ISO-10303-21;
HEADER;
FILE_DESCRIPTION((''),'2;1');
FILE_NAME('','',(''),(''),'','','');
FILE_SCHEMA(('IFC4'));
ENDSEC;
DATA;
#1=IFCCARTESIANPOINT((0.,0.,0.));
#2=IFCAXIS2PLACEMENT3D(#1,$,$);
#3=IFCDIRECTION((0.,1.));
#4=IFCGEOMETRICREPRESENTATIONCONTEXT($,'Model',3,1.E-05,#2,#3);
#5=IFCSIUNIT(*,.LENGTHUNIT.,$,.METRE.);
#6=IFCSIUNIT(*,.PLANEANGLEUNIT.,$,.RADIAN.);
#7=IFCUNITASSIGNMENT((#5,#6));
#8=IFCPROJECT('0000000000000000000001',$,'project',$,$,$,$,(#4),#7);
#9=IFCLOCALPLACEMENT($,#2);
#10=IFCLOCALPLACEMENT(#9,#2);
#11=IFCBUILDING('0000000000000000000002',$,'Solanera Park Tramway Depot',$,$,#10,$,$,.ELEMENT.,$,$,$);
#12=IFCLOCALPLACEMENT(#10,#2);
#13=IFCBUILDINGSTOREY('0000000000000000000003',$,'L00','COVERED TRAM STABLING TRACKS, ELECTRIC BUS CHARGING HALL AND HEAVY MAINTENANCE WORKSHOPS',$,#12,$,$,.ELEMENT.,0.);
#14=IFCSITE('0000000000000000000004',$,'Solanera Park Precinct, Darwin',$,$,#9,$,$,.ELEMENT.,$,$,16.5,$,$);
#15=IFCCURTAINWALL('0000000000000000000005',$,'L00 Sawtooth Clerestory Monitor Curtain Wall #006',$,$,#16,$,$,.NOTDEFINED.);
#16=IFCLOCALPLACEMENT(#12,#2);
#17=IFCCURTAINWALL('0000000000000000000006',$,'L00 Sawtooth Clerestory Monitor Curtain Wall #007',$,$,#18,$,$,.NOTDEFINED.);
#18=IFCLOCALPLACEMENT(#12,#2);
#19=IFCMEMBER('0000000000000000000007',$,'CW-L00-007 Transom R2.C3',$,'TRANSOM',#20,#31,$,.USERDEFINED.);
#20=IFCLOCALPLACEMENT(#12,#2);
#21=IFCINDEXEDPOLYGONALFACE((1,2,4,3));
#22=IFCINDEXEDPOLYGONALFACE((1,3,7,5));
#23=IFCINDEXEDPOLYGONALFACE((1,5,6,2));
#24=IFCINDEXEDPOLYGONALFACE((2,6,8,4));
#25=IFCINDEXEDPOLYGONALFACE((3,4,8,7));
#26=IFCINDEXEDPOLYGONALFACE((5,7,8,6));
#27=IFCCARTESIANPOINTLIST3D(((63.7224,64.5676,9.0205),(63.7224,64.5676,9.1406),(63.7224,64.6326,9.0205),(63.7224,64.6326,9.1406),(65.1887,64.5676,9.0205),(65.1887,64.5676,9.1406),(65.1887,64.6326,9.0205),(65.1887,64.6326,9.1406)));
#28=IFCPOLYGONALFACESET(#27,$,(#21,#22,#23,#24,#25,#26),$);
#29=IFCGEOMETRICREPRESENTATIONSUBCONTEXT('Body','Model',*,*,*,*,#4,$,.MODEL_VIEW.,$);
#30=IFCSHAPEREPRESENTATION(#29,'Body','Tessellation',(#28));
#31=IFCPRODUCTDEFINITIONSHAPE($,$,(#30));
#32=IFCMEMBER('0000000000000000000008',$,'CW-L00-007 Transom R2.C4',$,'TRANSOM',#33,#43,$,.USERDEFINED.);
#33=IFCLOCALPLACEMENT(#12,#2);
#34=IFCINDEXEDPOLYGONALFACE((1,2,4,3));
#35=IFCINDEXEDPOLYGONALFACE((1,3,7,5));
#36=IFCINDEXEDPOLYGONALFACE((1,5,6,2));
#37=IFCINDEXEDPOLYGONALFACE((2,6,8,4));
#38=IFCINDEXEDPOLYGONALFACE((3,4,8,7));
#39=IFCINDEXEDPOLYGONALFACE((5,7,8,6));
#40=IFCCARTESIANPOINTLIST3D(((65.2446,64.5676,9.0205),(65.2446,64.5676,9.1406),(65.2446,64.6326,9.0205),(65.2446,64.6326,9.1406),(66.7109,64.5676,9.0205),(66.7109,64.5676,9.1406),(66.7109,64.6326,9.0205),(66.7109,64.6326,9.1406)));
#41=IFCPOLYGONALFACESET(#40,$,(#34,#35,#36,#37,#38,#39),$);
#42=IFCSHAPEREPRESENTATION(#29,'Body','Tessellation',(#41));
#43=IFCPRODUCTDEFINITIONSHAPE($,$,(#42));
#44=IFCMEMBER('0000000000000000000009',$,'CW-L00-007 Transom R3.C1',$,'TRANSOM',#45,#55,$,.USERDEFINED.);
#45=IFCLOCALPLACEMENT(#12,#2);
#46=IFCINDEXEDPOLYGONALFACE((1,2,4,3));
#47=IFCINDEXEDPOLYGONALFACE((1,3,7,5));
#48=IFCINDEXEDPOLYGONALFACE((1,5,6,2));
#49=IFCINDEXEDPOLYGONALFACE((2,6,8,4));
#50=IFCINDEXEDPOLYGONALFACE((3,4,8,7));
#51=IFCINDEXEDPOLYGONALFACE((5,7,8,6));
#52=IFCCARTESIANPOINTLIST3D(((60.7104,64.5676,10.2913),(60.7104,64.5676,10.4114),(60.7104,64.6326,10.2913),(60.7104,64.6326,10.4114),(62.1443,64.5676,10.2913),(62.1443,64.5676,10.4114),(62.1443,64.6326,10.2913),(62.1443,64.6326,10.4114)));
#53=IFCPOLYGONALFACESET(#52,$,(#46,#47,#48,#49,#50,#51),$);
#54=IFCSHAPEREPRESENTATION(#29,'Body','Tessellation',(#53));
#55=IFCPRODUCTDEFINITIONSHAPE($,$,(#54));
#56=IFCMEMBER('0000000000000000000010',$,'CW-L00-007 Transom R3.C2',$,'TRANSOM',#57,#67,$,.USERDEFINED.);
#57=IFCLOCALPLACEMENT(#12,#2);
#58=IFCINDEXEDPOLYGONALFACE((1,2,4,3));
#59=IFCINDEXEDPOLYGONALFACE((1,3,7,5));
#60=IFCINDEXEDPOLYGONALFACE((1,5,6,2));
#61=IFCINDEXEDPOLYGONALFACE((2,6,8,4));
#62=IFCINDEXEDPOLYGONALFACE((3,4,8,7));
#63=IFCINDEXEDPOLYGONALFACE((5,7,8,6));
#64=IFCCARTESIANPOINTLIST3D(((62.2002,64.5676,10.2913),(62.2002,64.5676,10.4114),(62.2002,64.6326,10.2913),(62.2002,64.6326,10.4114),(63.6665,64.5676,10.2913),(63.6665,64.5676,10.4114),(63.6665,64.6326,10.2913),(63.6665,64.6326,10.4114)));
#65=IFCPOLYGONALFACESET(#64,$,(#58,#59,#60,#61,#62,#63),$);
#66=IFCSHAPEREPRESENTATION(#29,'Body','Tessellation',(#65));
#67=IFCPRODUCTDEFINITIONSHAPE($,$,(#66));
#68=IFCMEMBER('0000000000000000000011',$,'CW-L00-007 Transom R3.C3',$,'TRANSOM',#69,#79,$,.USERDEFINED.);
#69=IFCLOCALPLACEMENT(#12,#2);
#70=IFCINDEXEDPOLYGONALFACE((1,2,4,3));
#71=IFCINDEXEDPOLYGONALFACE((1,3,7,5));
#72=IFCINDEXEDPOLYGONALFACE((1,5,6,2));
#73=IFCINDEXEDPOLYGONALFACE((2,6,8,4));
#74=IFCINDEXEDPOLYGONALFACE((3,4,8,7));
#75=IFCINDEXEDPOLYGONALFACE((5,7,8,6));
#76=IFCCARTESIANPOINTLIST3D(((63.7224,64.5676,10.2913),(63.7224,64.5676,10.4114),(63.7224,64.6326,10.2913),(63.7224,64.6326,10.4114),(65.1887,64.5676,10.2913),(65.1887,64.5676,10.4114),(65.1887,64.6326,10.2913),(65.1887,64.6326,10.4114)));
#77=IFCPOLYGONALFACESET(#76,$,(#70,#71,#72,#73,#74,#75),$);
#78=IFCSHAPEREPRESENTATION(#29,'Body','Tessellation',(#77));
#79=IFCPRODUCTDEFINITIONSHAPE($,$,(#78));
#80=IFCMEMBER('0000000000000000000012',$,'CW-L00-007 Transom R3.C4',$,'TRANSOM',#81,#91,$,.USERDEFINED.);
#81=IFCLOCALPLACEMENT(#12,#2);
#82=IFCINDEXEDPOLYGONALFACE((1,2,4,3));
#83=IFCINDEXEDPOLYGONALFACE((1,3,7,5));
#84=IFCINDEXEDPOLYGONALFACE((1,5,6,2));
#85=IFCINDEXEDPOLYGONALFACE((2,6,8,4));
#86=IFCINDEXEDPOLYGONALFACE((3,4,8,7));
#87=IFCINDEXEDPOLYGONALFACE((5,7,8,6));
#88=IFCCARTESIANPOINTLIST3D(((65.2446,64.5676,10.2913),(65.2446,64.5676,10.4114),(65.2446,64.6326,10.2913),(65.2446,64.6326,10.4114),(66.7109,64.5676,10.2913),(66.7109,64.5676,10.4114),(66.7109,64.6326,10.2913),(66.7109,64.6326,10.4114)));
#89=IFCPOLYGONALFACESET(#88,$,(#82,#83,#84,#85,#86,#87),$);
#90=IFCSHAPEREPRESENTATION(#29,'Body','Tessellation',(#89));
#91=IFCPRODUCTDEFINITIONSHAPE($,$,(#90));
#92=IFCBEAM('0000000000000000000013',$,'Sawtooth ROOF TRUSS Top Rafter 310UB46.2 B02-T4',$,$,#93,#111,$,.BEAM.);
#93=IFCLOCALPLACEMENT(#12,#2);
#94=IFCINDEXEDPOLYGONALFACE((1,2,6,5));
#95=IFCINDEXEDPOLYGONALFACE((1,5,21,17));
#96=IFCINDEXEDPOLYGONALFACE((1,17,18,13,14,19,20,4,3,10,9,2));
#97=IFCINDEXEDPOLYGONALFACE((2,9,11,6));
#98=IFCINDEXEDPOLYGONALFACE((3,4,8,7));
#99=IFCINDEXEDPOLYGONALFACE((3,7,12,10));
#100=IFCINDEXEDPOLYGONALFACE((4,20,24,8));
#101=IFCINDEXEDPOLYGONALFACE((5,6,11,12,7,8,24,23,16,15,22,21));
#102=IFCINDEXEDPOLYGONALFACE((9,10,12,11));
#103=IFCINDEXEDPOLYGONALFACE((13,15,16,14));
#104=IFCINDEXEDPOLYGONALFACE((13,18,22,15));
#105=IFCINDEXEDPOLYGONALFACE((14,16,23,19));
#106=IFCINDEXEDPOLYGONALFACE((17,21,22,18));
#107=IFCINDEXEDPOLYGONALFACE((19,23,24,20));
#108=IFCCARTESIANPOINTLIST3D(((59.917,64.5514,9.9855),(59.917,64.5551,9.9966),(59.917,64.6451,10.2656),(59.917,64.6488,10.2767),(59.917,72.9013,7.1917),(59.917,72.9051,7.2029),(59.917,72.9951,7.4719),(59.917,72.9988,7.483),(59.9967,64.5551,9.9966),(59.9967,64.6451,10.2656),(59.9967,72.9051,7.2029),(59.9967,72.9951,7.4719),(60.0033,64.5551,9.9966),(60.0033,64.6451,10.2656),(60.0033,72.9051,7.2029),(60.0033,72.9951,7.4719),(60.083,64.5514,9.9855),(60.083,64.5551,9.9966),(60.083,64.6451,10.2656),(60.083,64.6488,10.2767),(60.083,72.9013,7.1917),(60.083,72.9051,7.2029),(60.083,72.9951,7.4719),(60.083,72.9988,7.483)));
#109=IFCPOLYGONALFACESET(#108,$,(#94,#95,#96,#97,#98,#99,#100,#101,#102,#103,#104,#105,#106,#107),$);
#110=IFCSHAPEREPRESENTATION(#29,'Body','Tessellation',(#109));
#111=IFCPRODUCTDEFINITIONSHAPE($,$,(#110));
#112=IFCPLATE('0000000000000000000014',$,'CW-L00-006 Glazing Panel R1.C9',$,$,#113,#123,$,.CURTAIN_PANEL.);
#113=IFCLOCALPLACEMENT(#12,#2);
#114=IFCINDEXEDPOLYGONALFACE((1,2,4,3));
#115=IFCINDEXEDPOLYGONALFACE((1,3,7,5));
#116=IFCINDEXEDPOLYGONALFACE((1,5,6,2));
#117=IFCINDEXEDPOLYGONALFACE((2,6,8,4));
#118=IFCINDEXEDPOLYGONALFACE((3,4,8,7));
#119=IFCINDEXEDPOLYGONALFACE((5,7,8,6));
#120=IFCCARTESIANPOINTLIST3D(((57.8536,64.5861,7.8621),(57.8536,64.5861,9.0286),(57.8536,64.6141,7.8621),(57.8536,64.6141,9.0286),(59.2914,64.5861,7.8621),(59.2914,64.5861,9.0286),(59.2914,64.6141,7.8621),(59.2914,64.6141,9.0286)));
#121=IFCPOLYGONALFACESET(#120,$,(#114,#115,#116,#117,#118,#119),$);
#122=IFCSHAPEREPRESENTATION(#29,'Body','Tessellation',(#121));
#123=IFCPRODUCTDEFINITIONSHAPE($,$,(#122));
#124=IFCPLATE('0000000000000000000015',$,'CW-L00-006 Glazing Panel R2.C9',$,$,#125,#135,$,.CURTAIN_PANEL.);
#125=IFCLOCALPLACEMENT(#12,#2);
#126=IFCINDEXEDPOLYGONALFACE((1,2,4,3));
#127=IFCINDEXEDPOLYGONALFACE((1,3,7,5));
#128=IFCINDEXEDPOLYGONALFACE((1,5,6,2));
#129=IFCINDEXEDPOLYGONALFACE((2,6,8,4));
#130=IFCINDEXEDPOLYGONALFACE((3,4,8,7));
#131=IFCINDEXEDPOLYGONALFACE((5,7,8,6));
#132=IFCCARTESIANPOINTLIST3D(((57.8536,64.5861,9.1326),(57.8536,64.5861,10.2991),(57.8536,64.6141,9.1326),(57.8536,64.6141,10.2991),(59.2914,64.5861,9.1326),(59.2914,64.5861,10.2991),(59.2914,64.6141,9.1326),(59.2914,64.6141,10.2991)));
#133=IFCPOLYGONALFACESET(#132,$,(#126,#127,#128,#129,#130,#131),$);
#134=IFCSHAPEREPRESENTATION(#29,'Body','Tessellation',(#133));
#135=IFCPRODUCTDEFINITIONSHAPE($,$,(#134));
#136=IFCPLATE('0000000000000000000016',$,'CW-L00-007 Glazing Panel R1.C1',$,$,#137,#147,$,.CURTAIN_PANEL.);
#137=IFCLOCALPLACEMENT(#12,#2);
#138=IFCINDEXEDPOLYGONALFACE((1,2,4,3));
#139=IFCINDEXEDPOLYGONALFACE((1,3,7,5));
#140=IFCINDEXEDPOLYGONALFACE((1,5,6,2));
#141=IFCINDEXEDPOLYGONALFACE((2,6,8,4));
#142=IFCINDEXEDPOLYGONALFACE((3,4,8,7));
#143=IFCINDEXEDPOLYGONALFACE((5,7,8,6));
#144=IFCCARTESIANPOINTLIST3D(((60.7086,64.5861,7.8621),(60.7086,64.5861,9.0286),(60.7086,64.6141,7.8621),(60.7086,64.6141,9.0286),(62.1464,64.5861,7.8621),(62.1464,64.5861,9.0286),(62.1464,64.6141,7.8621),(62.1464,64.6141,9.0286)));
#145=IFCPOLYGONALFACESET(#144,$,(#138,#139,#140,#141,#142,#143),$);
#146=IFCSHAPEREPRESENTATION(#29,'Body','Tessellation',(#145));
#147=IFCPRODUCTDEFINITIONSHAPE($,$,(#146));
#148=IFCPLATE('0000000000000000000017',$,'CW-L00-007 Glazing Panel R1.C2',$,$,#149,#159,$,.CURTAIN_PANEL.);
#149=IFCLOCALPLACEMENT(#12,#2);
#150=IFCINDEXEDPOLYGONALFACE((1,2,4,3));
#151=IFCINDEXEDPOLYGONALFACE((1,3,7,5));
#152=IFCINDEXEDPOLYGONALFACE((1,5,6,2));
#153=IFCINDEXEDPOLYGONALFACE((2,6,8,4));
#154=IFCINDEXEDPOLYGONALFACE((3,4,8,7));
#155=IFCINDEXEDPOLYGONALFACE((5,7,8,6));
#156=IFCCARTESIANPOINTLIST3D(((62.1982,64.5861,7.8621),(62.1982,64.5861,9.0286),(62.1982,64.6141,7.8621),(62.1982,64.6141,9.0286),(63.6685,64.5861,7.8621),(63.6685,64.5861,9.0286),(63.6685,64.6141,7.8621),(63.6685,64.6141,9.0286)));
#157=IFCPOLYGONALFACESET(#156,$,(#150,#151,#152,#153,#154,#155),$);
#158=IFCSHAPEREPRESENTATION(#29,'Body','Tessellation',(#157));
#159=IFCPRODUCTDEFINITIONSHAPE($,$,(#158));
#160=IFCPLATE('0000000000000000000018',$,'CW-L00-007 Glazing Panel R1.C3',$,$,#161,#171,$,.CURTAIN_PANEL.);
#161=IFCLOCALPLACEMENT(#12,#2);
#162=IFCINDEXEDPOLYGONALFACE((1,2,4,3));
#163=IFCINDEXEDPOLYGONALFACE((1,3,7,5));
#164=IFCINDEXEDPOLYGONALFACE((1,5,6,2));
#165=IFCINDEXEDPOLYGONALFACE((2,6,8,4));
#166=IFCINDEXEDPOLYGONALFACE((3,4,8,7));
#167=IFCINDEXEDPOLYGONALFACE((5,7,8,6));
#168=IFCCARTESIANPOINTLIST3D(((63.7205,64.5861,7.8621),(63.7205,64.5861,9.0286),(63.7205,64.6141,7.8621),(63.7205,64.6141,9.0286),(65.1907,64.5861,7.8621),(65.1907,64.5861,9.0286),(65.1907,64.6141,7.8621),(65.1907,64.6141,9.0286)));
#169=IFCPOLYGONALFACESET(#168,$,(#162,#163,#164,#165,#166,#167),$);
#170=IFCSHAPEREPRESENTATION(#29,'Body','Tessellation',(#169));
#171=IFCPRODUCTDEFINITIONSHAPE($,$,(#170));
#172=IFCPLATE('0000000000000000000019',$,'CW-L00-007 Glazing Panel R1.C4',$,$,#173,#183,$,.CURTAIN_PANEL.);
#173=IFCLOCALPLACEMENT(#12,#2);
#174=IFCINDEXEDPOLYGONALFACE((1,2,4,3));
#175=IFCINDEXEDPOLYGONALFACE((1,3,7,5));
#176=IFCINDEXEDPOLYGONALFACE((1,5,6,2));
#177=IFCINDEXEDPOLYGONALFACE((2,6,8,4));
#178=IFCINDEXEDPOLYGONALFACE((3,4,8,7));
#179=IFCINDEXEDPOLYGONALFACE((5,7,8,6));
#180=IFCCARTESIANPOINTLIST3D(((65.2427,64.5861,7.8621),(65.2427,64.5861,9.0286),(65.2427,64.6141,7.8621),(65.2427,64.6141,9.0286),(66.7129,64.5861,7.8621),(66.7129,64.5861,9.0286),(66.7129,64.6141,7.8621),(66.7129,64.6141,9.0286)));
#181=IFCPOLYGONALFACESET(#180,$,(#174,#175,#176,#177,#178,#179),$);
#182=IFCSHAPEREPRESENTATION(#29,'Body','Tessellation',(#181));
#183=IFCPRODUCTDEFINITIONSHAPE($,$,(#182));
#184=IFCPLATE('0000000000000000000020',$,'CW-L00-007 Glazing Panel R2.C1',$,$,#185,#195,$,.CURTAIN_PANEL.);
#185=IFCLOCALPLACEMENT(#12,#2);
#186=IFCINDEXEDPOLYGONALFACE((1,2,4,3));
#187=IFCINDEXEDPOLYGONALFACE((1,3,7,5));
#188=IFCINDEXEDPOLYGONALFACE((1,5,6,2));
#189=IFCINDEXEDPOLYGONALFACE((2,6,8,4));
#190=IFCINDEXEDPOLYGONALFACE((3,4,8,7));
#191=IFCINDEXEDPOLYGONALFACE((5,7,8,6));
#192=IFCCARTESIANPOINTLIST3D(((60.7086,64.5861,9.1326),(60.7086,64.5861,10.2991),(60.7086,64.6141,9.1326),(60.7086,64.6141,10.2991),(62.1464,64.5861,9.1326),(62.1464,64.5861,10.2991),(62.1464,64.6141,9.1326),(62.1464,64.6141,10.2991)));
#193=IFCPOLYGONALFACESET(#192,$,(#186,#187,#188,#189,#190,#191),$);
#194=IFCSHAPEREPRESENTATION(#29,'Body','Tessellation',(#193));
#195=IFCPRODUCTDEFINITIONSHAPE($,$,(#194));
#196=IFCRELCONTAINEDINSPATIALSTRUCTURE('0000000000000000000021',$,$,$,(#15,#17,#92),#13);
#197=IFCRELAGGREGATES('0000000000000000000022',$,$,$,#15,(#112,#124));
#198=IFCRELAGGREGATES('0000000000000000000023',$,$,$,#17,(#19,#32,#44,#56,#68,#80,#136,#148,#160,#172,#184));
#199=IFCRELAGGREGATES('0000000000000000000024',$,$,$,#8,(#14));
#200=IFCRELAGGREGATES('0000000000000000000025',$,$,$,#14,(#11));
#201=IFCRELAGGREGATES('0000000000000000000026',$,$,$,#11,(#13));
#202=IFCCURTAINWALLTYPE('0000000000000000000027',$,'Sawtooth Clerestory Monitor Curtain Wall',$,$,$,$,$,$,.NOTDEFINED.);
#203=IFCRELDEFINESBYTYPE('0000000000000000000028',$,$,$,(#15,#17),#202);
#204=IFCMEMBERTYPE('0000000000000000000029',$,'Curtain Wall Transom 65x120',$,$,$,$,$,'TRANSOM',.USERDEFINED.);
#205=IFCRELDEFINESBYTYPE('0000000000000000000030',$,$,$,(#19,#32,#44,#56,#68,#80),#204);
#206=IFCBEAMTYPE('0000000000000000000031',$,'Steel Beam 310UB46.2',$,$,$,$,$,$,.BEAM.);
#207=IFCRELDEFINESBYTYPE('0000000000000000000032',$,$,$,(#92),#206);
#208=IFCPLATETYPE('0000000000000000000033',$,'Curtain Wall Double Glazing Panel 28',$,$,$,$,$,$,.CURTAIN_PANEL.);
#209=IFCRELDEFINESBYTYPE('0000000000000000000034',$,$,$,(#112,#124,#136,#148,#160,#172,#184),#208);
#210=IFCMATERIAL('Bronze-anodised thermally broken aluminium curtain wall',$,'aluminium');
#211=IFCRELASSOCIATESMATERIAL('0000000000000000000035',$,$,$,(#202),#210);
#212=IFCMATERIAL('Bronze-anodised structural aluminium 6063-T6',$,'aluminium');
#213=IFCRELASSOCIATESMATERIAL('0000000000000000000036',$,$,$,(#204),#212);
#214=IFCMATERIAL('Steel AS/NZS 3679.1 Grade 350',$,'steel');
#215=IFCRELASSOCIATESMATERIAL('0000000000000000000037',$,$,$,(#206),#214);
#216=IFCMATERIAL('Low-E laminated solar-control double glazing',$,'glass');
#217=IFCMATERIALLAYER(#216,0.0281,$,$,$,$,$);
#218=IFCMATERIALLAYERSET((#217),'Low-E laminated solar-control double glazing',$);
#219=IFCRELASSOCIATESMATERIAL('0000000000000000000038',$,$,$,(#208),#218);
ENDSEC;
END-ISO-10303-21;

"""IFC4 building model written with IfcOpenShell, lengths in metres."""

from ifc_helpers import new_model, si_unit, direction, frame, origin, origin_2d, place, context, subcontext, project, spatial, rectangle, i_section, extrude, material, layer, layer_set, material_profile, profile_set, type_object, element, aggregate, save


model = new_model("IFC4")

# Units and contexts
model_context = context("Model", 3, precision=1e-05, world=origin(), true_north=direction((0.0, 1.0)))
body_context = subcontext(model_context, "Body", "Model", "MODEL_VIEW")
ifc_project = project(units=[si_unit("LENGTHUNIT", "METRE"), si_unit("PLANEANGLEUNIT", "RADIAN")], contexts=[model_context])

# Site, building, storey
site_placement = place(None, origin())
site = spatial("IfcSite", under=ifc_project, at=site_placement, Name="Solanera Park Precinct, Darwin", CompositionType="ELEMENT", RefElevation=16.5)
building_placement = place(site_placement, origin())
building = spatial("IfcBuilding", under=site, at=building_placement, Name="Solanera Park Tramway Depot", CompositionType="ELEMENT")
storey_placement = place(building_placement, origin())
storey = spatial("IfcBuildingStorey", under=building, at=storey_placement, Name="L00", Description="COVERED TRAM STABLING TRACKS, ELECTRIC BUS CHARGING HALL AND HEAVY MAINTENANCE WORKSHOPS", CompositionType="ELEMENT", Elevation=0.0)

# Curtain walls
ifc_material_1 = material(Name="Bronze-anodised thermally broken aluminium curtain wall", Category="aluminium")
curtain_wall_type = type_object("IfcCurtainWallType", Name="Sawtooth Clerestory Monitor Curtain Wall", PredefinedType="NOTDEFINED", material=ifc_material_1)
curtain_wall_1_placement = place(storey_placement, origin())
curtain_wall_1 = element("IfcCurtainWall", 1, at=curtain_wall_1_placement, inside=storey, type_object=curtain_wall_type, Name="L00 Sawtooth Clerestory Monitor Curtain Wall #006", PredefinedType="NOTDEFINED")
curtain_wall_2_placement = place(storey_placement, origin())
curtain_wall_2 = element("IfcCurtainWall", 2, at=curtain_wall_2_placement, inside=storey, type_object=curtain_wall_type, Name="L00 Sawtooth Clerestory Monitor Curtain Wall #007", PredefinedType="NOTDEFINED")

# Members
ifc_material_2 = material(Name="Bronze-anodised structural aluminium 6063-T6", Category="aluminium")
ifc_material_profile_1 = material_profile(ifc_material_2, rectangle(XDim=0.0649, YDim=0.1201, at=origin_2d()), Name="Curtain Wall Transom 65x120")
ifc_profile_set_1 = profile_set([ifc_material_profile_1], Name="Bronze-anodised structural aluminium 6063-T6")
member_type_1 = type_object("IfcMemberType", Name="Curtain Wall Transom 65x120", ElementType="TRANSOM", PredefinedType="USERDEFINED", material=ifc_profile_set_1)
member_1_placement = place(storey_placement, frame((63.7224, 64.6001, 9.0806), z_axis=(1.0, 0.0, 0.0), x_axis=(0.0, 1.0, 0.0)))
member_1 = element("IfcMember", 3, at=member_1_placement, type_object=member_type_1, Name="CW-L00-007 Transom R2.C3", ObjectType="TRANSOM", PredefinedType="USERDEFINED", context=body_context, shape_type="SweptSolid", body=[
    extrude(rectangle(XDim=0.0649, YDim=0.1201, at=origin_2d()), origin(), (0.0, 0.0, 1.0), 1.4663),
])
member_2_placement = place(storey_placement, frame((65.2446, 64.6001, 9.0806), z_axis=(1.0, 0.0, 0.0), x_axis=(0.0, 1.0, 0.0)))
member_2 = element("IfcMember", 4, at=member_2_placement, type_object=member_type_1, Name="CW-L00-007 Transom R2.C4", ObjectType="TRANSOM", PredefinedType="USERDEFINED", context=body_context, shape_type="SweptSolid", body=[
    extrude(rectangle(XDim=0.0649, YDim=0.1201, at=origin_2d()), origin(), (0.0, 0.0, 1.0), 1.4663),
])
member_3_placement = place(storey_placement, frame((60.7104, 64.6001, 10.3513), z_axis=(1.0, 0.0, 0.0), x_axis=(0.0, 1.0, 0.0)))
member_3 = element("IfcMember", 5, at=member_3_placement, type_object=member_type_1, Name="CW-L00-007 Transom R3.C1", ObjectType="TRANSOM", PredefinedType="USERDEFINED", context=body_context, shape_type="SweptSolid", body=[
    extrude(rectangle(XDim=0.0649, YDim=0.1201, at=origin_2d()), origin(), (0.0, 0.0, 1.0), 1.4338),
])
member_4_placement = place(storey_placement, frame((62.2002, 64.6001, 10.3513), z_axis=(1.0, 0.0, 0.0), x_axis=(0.0, 1.0, 0.0)))
member_4 = element("IfcMember", 6, at=member_4_placement, type_object=member_type_1, Name="CW-L00-007 Transom R3.C2", ObjectType="TRANSOM", PredefinedType="USERDEFINED", context=body_context, shape_type="SweptSolid", body=[
    extrude(rectangle(XDim=0.0649, YDim=0.1201, at=origin_2d()), origin(), (0.0, 0.0, 1.0), 1.4663),
])
member_5_placement = place(storey_placement, frame((63.7224, 64.6001, 10.3513), z_axis=(1.0, 0.0, 0.0), x_axis=(0.0, 1.0, 0.0)))
member_5 = element("IfcMember", 7, at=member_5_placement, type_object=member_type_1, Name="CW-L00-007 Transom R3.C3", ObjectType="TRANSOM", PredefinedType="USERDEFINED", context=body_context, shape_type="SweptSolid", body=[
    extrude(rectangle(XDim=0.0649, YDim=0.1201, at=origin_2d()), origin(), (0.0, 0.0, 1.0), 1.4663),
])
member_6_placement = place(storey_placement, frame((65.2446, 64.6001, 10.3513), z_axis=(1.0, 0.0, 0.0), x_axis=(0.0, 1.0, 0.0)))
member_6 = element("IfcMember", 8, at=member_6_placement, type_object=member_type_1, Name="CW-L00-007 Transom R3.C4", ObjectType="TRANSOM", PredefinedType="USERDEFINED", context=body_context, shape_type="SweptSolid", body=[
    extrude(rectangle(XDim=0.0649, YDim=0.1201, at=origin_2d()), origin(), (0.0, 0.0, 1.0), 1.4663),
])

# Beam
ifc_material_3 = material(Name="Steel AS/NZS 3679.1 Grade 350", Category="steel")
ifc_material_profile_2 = material_profile(ifc_material_3, i_section(OverallWidth=0.166, OverallDepth=0.3071, WebThickness=0.0066, FlangeThickness=0.0117, at=origin_2d()), Name="310UB46.2")
ifc_profile_set_2 = profile_set([ifc_material_profile_2], Name="Steel AS/NZS 3679.1 Grade 350")
beam_type = type_object("IfcBeamType", Name="Steel Beam 310UB46.2", PredefinedType="BEAM", material=ifc_profile_set_2)
beam_placement = place(storey_placement, frame((60.0, 64.6001, 10.1311), z_axis=(0.0, 0.948328, -0.317292), x_axis=(-1.0, 0.0, 0.0)))
element("IfcBeam", 9, at=beam_placement, inside=storey, type_object=beam_type, Name="Sawtooth ROOF TRUSS Top Rafter 310UB46.2 B02-T4", PredefinedType="BEAM", context=body_context, shape_type="SweptSolid", body=[
    extrude(i_section(OverallWidth=0.166, OverallDepth=0.3071, WebThickness=0.0066, FlangeThickness=0.0117, at=origin_2d()), origin(), (0.0, 0.0, 1.0), 8.8049),
])

# Plates
ifc_material_4 = material(Name="Low-E laminated solar-control double glazing", Category="glass")
ifc_layer_1 = layer(ifc_material_4, 0.0281)
ifc_layer_set_1 = layer_set([ifc_layer_1], Name="Low-E laminated solar-control double glazing")
plate_type_1 = type_object("IfcPlateType", Name="Curtain Wall Double Glazing Panel 28", PredefinedType="CURTAIN_PANEL", material=ifc_layer_set_1)
plate_1_placement = place(storey_placement, frame((58.5725, 64.6001, 7.8621), z_axis=(0.0, 0.0, 1.0), x_axis=(1.0, 0.0, 0.0)))
plate_1 = element("IfcPlate", 10, at=plate_1_placement, type_object=plate_type_1, Name="CW-L00-006 Glazing Panel R1.C9", PredefinedType="CURTAIN_PANEL", context=body_context, shape_type="SweptSolid", body=[
    extrude(rectangle(XDim=1.4377, YDim=0.0281, at=origin_2d()), origin(), (0.0, 0.0, 1.0), 1.1665),
])
plate_2_placement = place(storey_placement, frame((58.5725, 64.6001, 9.1326), z_axis=(0.0, 0.0, 1.0), x_axis=(1.0, 0.0, 0.0)))
plate_2 = element("IfcPlate", 11, at=plate_2_placement, type_object=plate_type_1, Name="CW-L00-006 Glazing Panel R2.C9", PredefinedType="CURTAIN_PANEL", context=body_context, shape_type="SweptSolid", body=[
    extrude(rectangle(XDim=1.4377, YDim=0.0281, at=origin_2d()), origin(), (0.0, 0.0, 1.0), 1.1665),
])
aggregate(curtain_wall_1, [plate_1, plate_2])
plate_3_placement = place(storey_placement, frame((61.4275, 64.6001, 7.8621), z_axis=(0.0, 0.0, 1.0), x_axis=(1.0, 0.0, 0.0)))
plate_3 = element("IfcPlate", 12, at=plate_3_placement, type_object=plate_type_1, Name="CW-L00-007 Glazing Panel R1.C1", PredefinedType="CURTAIN_PANEL", context=body_context, shape_type="SweptSolid", body=[
    extrude(rectangle(XDim=1.4377, YDim=0.0281, at=origin_2d()), origin(), (0.0, 0.0, 1.0), 1.1665),
])
plate_4_placement = place(storey_placement, frame((62.9333, 64.6001, 7.8621), z_axis=(0.0, 0.0, 1.0), x_axis=(1.0, 0.0, 0.0)))
plate_4 = element("IfcPlate", 13, at=plate_4_placement, type_object=plate_type_1, Name="CW-L00-007 Glazing Panel R1.C2", PredefinedType="CURTAIN_PANEL", context=body_context, shape_type="SweptSolid", body=[
    extrude(rectangle(XDim=1.4702, YDim=0.0281, at=origin_2d()), origin(), (0.0, 0.0, 1.0), 1.1665),
])
plate_5_placement = place(storey_placement, frame((64.4556, 64.6001, 7.8621), z_axis=(0.0, 0.0, 1.0), x_axis=(1.0, 0.0, 0.0)))
plate_5 = element("IfcPlate", 14, at=plate_5_placement, type_object=plate_type_1, Name="CW-L00-007 Glazing Panel R1.C3", PredefinedType="CURTAIN_PANEL", context=body_context, shape_type="SweptSolid", body=[
    extrude(rectangle(XDim=1.4702, YDim=0.0281, at=origin_2d()), origin(), (0.0, 0.0, 1.0), 1.1665),
])
plate_6_placement = place(storey_placement, frame((65.9778, 64.6001, 7.8621), z_axis=(0.0, 0.0, 1.0), x_axis=(1.0, 0.0, 0.0)))
plate_6 = element("IfcPlate", 15, at=plate_6_placement, type_object=plate_type_1, Name="CW-L00-007 Glazing Panel R1.C4", PredefinedType="CURTAIN_PANEL", context=body_context, shape_type="SweptSolid", body=[
    extrude(rectangle(XDim=1.4702, YDim=0.0281, at=origin_2d()), origin(), (0.0, 0.0, 1.0), 1.1665),
])
plate_7_placement = place(storey_placement, frame((61.4275, 64.6001, 9.1326), z_axis=(0.0, 0.0, 1.0), x_axis=(1.0, 0.0, 0.0)))
plate_7 = element("IfcPlate", 16, at=plate_7_placement, type_object=plate_type_1, Name="CW-L00-007 Glazing Panel R2.C1", PredefinedType="CURTAIN_PANEL", context=body_context, shape_type="SweptSolid", body=[
    extrude(rectangle(XDim=1.4377, YDim=0.0281, at=origin_2d()), origin(), (0.0, 0.0, 1.0), 1.1665),
])
aggregate(curtain_wall_2, [member_1, member_2, member_3, member_4, member_5, member_6, plate_3, plate_4, plate_5, plate_6, plate_7])

save(model, "model.ifc")
